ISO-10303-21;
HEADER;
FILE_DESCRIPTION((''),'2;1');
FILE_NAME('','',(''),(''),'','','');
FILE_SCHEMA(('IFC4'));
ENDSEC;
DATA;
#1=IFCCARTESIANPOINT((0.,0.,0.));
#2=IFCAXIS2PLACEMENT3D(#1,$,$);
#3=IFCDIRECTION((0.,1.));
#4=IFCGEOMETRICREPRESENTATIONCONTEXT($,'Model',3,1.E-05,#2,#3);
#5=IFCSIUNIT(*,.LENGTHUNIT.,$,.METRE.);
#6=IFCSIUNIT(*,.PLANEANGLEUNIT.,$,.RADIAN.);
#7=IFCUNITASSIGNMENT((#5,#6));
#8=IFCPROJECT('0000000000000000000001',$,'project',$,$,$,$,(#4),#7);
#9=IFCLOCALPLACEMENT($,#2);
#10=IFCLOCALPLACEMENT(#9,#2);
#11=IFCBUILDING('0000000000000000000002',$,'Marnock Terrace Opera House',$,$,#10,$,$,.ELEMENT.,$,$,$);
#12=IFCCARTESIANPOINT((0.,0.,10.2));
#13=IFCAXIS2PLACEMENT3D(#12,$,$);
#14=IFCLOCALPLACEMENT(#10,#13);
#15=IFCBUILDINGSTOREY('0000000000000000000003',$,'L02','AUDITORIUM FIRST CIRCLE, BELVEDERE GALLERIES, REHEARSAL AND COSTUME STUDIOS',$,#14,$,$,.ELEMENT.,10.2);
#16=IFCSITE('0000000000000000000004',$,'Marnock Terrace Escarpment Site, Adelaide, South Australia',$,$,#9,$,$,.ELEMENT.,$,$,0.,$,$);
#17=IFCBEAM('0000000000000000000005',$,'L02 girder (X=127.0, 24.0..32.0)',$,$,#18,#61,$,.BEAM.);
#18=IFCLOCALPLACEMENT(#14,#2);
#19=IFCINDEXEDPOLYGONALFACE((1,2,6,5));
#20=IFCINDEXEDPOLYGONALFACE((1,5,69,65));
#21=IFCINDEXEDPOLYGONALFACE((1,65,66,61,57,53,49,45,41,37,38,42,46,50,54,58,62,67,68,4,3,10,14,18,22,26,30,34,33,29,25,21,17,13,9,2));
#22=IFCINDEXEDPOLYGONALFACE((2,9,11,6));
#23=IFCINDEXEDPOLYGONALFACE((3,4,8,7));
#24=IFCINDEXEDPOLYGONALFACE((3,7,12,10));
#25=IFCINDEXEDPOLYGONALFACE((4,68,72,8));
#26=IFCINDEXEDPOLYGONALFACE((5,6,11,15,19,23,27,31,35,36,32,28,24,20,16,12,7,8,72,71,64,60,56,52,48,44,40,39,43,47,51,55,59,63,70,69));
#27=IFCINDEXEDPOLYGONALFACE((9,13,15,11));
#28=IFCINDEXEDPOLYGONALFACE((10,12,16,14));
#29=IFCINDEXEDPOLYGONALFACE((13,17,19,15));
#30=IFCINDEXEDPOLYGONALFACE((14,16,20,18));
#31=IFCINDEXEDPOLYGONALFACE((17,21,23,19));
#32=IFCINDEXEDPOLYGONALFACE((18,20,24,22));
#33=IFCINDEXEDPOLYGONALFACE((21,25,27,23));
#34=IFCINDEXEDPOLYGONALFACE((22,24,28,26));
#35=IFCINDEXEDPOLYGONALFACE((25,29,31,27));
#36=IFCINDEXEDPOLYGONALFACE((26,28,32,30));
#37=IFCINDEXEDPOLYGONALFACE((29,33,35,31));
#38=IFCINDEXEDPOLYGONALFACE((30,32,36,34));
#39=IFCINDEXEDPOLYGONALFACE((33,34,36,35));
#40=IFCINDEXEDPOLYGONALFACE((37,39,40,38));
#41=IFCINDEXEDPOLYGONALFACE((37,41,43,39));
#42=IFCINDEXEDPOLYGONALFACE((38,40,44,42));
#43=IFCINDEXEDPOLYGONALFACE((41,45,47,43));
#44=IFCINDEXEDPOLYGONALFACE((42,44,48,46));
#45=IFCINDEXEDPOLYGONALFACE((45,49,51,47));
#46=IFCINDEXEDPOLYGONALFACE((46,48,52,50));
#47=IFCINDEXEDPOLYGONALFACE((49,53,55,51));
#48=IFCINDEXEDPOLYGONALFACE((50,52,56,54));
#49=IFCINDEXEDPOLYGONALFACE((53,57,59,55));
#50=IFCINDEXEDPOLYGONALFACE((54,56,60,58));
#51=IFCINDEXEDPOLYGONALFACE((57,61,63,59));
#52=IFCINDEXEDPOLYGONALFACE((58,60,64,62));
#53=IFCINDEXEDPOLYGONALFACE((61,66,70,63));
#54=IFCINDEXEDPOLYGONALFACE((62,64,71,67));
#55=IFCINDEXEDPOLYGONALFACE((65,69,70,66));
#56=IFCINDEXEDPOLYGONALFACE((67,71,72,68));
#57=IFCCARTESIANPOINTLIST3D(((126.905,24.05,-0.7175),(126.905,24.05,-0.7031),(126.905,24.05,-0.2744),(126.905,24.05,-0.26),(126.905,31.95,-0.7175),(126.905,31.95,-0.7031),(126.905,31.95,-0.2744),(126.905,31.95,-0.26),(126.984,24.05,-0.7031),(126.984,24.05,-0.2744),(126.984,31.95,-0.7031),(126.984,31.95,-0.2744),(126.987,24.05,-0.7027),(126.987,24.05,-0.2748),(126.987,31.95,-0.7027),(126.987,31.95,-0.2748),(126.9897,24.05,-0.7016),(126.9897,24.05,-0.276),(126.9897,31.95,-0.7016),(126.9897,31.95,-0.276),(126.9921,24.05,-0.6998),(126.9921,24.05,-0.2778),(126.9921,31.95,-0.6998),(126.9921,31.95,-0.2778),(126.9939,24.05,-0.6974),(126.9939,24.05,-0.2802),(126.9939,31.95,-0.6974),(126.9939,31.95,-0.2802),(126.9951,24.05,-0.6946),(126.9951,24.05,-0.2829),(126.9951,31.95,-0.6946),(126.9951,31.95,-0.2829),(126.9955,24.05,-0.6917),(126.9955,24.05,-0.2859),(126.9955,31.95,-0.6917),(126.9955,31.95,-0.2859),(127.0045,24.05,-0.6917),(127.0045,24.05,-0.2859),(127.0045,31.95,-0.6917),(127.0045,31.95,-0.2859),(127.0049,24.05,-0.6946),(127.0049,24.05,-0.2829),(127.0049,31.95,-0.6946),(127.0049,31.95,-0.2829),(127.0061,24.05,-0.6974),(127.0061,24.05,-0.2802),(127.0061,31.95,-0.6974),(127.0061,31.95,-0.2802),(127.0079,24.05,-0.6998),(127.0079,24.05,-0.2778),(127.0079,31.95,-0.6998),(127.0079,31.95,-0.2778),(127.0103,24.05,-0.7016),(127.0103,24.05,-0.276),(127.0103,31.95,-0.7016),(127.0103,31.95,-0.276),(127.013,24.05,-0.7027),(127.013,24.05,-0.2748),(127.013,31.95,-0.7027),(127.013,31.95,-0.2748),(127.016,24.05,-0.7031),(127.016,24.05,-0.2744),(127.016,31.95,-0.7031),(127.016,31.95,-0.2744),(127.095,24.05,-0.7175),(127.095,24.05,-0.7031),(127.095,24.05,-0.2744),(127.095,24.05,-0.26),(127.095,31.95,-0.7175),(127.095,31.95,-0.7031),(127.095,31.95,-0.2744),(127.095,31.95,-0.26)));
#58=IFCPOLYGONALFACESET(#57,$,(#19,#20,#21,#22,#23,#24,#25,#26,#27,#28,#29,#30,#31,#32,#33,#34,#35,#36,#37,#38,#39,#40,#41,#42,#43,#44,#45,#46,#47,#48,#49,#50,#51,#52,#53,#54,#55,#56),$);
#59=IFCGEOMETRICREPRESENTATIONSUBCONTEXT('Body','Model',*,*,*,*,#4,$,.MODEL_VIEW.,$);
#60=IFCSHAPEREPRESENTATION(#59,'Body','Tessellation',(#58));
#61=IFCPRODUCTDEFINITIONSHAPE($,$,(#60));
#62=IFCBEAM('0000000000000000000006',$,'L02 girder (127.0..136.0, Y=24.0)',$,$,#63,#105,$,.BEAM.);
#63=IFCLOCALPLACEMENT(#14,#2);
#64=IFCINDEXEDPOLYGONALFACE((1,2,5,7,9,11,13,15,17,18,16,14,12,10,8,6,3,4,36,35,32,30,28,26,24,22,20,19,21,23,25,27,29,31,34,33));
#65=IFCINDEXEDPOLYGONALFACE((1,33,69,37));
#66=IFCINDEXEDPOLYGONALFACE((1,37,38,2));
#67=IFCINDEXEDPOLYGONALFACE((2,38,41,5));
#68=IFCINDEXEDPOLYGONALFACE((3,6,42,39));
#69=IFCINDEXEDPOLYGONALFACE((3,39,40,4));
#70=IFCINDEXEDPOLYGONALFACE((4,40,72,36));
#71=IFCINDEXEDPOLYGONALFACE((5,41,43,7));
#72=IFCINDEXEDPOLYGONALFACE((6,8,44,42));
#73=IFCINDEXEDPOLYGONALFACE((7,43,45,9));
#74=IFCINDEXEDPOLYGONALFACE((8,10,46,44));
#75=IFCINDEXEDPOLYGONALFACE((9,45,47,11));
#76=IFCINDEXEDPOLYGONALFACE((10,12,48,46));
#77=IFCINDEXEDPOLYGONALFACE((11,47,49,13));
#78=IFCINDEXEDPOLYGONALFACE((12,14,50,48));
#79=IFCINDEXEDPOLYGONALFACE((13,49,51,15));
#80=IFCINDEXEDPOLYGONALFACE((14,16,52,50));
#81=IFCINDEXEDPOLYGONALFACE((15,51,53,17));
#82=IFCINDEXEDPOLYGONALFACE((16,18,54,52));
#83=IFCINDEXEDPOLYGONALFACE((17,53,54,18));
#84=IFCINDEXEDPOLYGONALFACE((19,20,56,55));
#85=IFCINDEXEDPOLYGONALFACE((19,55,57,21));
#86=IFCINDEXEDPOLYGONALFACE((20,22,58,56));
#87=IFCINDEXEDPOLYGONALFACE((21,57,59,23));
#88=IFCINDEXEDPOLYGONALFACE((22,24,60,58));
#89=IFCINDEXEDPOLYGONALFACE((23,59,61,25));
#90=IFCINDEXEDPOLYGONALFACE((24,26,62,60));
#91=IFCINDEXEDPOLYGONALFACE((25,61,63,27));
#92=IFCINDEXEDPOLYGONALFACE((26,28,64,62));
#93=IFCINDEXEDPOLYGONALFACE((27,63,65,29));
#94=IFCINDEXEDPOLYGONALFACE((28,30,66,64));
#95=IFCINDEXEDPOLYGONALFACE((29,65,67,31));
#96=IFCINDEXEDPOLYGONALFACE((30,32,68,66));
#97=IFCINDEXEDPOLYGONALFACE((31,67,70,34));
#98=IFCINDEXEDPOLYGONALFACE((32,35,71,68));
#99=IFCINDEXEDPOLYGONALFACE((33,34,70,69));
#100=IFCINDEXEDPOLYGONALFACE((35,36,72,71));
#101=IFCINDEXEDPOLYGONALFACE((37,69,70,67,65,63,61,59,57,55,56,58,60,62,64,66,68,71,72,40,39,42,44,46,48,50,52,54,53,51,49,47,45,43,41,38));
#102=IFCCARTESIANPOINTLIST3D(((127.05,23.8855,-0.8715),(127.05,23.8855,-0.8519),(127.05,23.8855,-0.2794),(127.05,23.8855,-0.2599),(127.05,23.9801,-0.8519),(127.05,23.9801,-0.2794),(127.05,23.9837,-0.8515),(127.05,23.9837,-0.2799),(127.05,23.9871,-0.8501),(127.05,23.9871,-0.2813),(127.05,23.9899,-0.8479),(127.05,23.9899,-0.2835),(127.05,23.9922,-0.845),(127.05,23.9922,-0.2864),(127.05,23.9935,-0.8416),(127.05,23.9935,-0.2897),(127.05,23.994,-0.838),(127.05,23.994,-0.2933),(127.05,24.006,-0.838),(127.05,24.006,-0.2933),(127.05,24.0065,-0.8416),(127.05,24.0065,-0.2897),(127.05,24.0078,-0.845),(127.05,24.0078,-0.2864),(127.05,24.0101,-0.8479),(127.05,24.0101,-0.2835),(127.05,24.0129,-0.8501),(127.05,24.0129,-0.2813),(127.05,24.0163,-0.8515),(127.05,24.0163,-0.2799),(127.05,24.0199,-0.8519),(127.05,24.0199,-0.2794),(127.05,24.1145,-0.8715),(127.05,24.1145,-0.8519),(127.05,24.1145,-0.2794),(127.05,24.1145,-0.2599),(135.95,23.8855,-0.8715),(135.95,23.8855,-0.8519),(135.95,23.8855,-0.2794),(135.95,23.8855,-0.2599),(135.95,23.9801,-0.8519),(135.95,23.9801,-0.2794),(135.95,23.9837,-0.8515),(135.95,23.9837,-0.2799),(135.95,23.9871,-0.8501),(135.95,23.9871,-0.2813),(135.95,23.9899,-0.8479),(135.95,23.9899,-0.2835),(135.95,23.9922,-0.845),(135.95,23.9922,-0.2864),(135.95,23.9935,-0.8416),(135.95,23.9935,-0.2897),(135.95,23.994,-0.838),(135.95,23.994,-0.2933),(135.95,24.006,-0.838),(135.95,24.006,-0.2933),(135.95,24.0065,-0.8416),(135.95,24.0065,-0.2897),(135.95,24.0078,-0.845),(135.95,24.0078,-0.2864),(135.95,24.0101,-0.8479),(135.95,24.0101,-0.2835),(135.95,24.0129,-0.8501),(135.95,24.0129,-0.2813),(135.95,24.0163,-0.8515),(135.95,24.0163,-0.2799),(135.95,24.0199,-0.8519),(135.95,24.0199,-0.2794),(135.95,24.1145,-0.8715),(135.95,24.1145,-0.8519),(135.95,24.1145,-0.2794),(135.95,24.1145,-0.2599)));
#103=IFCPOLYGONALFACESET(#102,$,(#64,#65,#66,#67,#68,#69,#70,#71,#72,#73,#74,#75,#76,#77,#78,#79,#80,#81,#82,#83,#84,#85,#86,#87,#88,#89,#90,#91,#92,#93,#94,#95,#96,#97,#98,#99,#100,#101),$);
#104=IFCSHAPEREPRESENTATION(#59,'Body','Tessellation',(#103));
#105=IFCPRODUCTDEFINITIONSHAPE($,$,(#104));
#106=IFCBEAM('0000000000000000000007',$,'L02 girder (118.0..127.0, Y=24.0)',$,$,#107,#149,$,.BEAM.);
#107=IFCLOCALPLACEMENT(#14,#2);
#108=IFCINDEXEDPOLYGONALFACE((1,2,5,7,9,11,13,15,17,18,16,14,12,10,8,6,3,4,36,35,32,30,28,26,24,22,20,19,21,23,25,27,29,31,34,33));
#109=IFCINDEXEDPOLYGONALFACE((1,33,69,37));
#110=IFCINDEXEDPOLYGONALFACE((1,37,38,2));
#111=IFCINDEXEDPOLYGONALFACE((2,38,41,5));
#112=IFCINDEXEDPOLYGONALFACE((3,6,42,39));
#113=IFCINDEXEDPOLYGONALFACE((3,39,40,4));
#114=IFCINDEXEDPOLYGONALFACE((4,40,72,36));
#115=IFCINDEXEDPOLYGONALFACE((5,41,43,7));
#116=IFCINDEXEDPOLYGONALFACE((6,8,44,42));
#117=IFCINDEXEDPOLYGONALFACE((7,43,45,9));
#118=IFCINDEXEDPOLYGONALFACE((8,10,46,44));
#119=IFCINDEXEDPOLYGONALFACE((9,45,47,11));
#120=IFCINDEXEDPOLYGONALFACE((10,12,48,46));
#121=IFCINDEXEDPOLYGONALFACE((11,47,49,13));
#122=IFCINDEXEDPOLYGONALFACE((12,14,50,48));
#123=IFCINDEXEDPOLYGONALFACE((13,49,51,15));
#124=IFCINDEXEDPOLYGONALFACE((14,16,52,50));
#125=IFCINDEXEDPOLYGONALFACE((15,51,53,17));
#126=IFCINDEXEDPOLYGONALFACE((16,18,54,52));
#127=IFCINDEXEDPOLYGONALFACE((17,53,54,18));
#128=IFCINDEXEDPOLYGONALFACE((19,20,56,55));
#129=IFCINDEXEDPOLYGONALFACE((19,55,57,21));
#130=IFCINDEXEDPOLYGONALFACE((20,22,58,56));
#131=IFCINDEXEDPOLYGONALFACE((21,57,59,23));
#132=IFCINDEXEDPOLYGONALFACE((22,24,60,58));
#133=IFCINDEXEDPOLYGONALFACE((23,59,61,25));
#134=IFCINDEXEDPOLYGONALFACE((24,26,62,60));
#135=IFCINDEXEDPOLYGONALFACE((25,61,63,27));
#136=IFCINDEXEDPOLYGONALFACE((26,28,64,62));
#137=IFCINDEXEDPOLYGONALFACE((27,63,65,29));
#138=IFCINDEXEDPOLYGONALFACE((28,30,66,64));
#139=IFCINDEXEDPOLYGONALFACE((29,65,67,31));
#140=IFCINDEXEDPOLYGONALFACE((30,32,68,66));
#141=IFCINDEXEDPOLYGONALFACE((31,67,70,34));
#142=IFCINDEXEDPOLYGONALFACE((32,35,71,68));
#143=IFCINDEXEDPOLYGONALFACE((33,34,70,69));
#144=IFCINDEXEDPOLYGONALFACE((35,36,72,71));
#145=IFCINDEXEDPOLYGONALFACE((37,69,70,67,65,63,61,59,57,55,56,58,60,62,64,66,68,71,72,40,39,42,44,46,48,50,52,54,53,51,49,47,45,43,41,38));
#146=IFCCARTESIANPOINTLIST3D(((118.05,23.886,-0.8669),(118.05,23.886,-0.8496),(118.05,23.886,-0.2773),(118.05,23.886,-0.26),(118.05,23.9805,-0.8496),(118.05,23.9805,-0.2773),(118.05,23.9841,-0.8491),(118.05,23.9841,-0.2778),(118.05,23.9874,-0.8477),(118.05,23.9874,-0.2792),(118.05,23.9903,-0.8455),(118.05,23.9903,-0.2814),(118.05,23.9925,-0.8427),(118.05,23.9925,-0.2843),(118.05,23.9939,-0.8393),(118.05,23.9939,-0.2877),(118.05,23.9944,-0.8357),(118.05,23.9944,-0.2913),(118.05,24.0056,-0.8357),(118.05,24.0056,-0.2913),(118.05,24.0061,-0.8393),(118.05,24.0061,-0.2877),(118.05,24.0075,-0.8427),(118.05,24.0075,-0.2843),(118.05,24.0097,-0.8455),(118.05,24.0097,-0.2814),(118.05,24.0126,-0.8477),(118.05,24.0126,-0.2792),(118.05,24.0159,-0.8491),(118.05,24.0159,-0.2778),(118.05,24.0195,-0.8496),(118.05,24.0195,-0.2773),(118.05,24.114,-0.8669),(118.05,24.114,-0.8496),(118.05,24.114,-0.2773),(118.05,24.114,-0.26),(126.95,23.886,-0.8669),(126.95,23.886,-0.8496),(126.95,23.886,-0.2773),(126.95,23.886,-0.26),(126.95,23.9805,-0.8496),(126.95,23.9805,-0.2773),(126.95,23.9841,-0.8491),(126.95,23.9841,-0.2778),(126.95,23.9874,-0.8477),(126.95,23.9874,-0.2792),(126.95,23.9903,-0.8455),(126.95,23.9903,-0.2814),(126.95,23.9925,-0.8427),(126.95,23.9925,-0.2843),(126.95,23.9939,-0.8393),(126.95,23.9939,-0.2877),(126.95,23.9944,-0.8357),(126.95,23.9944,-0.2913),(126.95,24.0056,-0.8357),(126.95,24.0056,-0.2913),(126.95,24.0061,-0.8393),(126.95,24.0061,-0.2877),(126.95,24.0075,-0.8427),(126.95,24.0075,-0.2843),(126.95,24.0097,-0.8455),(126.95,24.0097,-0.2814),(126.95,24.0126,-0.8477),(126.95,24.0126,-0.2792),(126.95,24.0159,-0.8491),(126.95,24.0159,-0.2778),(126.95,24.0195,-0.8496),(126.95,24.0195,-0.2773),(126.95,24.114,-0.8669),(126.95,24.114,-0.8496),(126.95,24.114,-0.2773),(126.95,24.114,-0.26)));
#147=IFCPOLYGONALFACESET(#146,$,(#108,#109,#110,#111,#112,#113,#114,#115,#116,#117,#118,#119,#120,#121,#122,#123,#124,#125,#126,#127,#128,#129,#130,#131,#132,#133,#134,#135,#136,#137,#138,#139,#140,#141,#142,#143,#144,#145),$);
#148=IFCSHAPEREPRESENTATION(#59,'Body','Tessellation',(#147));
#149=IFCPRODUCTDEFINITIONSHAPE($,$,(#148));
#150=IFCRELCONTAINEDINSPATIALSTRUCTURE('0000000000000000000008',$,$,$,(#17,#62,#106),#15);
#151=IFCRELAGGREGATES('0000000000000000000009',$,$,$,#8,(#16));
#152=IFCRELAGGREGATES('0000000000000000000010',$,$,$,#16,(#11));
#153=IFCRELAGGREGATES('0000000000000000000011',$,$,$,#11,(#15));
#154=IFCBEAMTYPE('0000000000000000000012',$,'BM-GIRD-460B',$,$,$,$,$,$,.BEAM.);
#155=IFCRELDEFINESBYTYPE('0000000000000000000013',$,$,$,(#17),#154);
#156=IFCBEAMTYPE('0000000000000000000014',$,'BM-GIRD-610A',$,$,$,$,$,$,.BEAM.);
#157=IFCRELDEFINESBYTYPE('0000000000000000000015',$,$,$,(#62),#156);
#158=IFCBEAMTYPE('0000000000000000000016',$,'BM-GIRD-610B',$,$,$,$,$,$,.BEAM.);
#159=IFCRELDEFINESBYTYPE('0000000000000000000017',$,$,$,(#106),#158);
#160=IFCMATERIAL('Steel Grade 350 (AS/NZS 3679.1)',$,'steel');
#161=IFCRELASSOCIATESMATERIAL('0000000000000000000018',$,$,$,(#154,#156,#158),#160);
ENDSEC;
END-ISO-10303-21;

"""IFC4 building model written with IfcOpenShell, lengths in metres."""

from ifc_helpers import new_model, si_unit, direction, frame, origin, origin_2d, place, context, subcontext, project, spatial, i_section, extrude, material, material_profile, profile_set, type_object, element, save


model = new_model("IFC4")

# Units and contexts
model_context = context("Model", 3, precision=1e-05, world=origin(), true_north=direction((0.0, 1.0)))
body_context = subcontext(model_context, "Body", "Model", "MODEL_VIEW")
ifc_project = project(units=[si_unit("LENGTHUNIT", "METRE"), si_unit("PLANEANGLEUNIT", "RADIAN")], contexts=[model_context])

# Site, building, storey
site_placement = place(None, origin())
site = spatial("IfcSite", under=ifc_project, at=site_placement, Name="Marnock Terrace Escarpment Site, Adelaide, South Australia", CompositionType="ELEMENT", RefElevation=0.0)
building_placement = place(site_placement, origin())
building = spatial("IfcBuilding", under=site, at=building_placement, Name="Marnock Terrace Opera House", CompositionType="ELEMENT")
storey_placement = place(building_placement, frame((0.0, 0.0, 10.2)))
storey = spatial("IfcBuildingStorey", under=building, at=storey_placement, Name="L02", Description="AUDITORIUM FIRST CIRCLE, BELVEDERE GALLERIES, REHEARSAL AND COSTUME STUDIOS", CompositionType="ELEMENT", Elevation=10.2)

# Beams
ifc_material_1 = material(Name="Steel Grade 350 (AS/NZS 3679.1)", Category="steel")
ifc_material_profile_1 = material_profile(ifc_material_1, i_section(OverallWidth=0.1899, OverallDepth=0.4575, WebThickness=0.009, FlangeThickness=0.0144, FilletRadius=0.0115, at=origin_2d()))
ifc_profile_set_1 = profile_set([ifc_material_profile_1], Name="Steel Grade 350 (AS/NZS 3679.1)")
beam_type_1 = type_object("IfcBeamType", Name="BM-GIRD-460B", PredefinedType="BEAM", material=ifc_profile_set_1)
beam_1_placement = place(storey_placement, frame((127.0, 24.05, -0.4888), z_axis=(0.0, 1.0, 0.0), x_axis=(-1.0, 0.0, 0.0)))
element("IfcBeam", 1, at=beam_1_placement, inside=storey, type_object=beam_type_1, Name="L02 girder (X=127.0, 24.0..32.0)", PredefinedType="BEAM", context=body_context, shape_type="SweptSolid", body=[
    extrude(i_section(OverallWidth=0.1899, OverallDepth=0.4575, WebThickness=0.009, FlangeThickness=0.0144, FilletRadius=0.0115, at=origin_2d()), origin(), (0.0, 0.0, 1.0), 7.8999),
])
ifc_material_profile_2 = material_profile(ifc_material_1, i_section(OverallWidth=0.229, OverallDepth=0.6116, WebThickness=0.012, FlangeThickness=0.0195, FilletRadius=0.0139, at=origin_2d()))
ifc_profile_set_2 = profile_set([ifc_material_profile_2], Name="Steel Grade 350 (AS/NZS 3679.1)")
beam_type_2 = type_object("IfcBeamType", Name="BM-GIRD-610A", PredefinedType="BEAM", material=ifc_profile_set_2)
beam_2_placement = place(storey_placement, frame((127.05, 24.0, -0.5657), z_axis=(1.0, 0.0, 0.0), x_axis=(0.0, 1.0, 0.0)))
element("IfcBeam", 2, at=beam_2_placement, inside=storey, type_object=beam_type_2, Name="L02 girder (127.0..136.0, Y=24.0)", PredefinedType="BEAM", context=body_context, shape_type="SweptSolid", body=[
    extrude(i_section(OverallWidth=0.229, OverallDepth=0.6116, WebThickness=0.012, FlangeThickness=0.0195, FilletRadius=0.0139, at=origin_2d()), origin(), (0.0, 0.0, 1.0), 8.8999),
])
ifc_material_profile_3 = material_profile(ifc_material_1, i_section(OverallWidth=0.228, OverallDepth=0.6069, WebThickness=0.0112, FlangeThickness=0.0173, FilletRadius=0.0139, at=origin_2d()))
ifc_profile_set_3 = profile_set([ifc_material_profile_3], Name="Steel Grade 350 (AS/NZS 3679.1)")
beam_type_3 = type_object("IfcBeamType", Name="BM-GIRD-610B", PredefinedType="BEAM", material=ifc_profile_set_3)
beam_3_placement = place(storey_placement, frame((118.05, 24.0, -0.5635), z_axis=(1.0, 0.0, 0.0), x_axis=(0.0, 1.0, 0.0)))
element("IfcBeam", 3, at=beam_3_placement, inside=storey, type_object=beam_type_3, Name="L02 girder (118.0..127.0, Y=24.0)", PredefinedType="BEAM", context=body_context, shape_type="SweptSolid", body=[
    extrude(i_section(OverallWidth=0.228, OverallDepth=0.6069, WebThickness=0.0112, FlangeThickness=0.0173, FilletRadius=0.0139, at=origin_2d()), origin(), (0.0, 0.0, 1.0), 8.8999),
])

save(model, "model.ifc")
